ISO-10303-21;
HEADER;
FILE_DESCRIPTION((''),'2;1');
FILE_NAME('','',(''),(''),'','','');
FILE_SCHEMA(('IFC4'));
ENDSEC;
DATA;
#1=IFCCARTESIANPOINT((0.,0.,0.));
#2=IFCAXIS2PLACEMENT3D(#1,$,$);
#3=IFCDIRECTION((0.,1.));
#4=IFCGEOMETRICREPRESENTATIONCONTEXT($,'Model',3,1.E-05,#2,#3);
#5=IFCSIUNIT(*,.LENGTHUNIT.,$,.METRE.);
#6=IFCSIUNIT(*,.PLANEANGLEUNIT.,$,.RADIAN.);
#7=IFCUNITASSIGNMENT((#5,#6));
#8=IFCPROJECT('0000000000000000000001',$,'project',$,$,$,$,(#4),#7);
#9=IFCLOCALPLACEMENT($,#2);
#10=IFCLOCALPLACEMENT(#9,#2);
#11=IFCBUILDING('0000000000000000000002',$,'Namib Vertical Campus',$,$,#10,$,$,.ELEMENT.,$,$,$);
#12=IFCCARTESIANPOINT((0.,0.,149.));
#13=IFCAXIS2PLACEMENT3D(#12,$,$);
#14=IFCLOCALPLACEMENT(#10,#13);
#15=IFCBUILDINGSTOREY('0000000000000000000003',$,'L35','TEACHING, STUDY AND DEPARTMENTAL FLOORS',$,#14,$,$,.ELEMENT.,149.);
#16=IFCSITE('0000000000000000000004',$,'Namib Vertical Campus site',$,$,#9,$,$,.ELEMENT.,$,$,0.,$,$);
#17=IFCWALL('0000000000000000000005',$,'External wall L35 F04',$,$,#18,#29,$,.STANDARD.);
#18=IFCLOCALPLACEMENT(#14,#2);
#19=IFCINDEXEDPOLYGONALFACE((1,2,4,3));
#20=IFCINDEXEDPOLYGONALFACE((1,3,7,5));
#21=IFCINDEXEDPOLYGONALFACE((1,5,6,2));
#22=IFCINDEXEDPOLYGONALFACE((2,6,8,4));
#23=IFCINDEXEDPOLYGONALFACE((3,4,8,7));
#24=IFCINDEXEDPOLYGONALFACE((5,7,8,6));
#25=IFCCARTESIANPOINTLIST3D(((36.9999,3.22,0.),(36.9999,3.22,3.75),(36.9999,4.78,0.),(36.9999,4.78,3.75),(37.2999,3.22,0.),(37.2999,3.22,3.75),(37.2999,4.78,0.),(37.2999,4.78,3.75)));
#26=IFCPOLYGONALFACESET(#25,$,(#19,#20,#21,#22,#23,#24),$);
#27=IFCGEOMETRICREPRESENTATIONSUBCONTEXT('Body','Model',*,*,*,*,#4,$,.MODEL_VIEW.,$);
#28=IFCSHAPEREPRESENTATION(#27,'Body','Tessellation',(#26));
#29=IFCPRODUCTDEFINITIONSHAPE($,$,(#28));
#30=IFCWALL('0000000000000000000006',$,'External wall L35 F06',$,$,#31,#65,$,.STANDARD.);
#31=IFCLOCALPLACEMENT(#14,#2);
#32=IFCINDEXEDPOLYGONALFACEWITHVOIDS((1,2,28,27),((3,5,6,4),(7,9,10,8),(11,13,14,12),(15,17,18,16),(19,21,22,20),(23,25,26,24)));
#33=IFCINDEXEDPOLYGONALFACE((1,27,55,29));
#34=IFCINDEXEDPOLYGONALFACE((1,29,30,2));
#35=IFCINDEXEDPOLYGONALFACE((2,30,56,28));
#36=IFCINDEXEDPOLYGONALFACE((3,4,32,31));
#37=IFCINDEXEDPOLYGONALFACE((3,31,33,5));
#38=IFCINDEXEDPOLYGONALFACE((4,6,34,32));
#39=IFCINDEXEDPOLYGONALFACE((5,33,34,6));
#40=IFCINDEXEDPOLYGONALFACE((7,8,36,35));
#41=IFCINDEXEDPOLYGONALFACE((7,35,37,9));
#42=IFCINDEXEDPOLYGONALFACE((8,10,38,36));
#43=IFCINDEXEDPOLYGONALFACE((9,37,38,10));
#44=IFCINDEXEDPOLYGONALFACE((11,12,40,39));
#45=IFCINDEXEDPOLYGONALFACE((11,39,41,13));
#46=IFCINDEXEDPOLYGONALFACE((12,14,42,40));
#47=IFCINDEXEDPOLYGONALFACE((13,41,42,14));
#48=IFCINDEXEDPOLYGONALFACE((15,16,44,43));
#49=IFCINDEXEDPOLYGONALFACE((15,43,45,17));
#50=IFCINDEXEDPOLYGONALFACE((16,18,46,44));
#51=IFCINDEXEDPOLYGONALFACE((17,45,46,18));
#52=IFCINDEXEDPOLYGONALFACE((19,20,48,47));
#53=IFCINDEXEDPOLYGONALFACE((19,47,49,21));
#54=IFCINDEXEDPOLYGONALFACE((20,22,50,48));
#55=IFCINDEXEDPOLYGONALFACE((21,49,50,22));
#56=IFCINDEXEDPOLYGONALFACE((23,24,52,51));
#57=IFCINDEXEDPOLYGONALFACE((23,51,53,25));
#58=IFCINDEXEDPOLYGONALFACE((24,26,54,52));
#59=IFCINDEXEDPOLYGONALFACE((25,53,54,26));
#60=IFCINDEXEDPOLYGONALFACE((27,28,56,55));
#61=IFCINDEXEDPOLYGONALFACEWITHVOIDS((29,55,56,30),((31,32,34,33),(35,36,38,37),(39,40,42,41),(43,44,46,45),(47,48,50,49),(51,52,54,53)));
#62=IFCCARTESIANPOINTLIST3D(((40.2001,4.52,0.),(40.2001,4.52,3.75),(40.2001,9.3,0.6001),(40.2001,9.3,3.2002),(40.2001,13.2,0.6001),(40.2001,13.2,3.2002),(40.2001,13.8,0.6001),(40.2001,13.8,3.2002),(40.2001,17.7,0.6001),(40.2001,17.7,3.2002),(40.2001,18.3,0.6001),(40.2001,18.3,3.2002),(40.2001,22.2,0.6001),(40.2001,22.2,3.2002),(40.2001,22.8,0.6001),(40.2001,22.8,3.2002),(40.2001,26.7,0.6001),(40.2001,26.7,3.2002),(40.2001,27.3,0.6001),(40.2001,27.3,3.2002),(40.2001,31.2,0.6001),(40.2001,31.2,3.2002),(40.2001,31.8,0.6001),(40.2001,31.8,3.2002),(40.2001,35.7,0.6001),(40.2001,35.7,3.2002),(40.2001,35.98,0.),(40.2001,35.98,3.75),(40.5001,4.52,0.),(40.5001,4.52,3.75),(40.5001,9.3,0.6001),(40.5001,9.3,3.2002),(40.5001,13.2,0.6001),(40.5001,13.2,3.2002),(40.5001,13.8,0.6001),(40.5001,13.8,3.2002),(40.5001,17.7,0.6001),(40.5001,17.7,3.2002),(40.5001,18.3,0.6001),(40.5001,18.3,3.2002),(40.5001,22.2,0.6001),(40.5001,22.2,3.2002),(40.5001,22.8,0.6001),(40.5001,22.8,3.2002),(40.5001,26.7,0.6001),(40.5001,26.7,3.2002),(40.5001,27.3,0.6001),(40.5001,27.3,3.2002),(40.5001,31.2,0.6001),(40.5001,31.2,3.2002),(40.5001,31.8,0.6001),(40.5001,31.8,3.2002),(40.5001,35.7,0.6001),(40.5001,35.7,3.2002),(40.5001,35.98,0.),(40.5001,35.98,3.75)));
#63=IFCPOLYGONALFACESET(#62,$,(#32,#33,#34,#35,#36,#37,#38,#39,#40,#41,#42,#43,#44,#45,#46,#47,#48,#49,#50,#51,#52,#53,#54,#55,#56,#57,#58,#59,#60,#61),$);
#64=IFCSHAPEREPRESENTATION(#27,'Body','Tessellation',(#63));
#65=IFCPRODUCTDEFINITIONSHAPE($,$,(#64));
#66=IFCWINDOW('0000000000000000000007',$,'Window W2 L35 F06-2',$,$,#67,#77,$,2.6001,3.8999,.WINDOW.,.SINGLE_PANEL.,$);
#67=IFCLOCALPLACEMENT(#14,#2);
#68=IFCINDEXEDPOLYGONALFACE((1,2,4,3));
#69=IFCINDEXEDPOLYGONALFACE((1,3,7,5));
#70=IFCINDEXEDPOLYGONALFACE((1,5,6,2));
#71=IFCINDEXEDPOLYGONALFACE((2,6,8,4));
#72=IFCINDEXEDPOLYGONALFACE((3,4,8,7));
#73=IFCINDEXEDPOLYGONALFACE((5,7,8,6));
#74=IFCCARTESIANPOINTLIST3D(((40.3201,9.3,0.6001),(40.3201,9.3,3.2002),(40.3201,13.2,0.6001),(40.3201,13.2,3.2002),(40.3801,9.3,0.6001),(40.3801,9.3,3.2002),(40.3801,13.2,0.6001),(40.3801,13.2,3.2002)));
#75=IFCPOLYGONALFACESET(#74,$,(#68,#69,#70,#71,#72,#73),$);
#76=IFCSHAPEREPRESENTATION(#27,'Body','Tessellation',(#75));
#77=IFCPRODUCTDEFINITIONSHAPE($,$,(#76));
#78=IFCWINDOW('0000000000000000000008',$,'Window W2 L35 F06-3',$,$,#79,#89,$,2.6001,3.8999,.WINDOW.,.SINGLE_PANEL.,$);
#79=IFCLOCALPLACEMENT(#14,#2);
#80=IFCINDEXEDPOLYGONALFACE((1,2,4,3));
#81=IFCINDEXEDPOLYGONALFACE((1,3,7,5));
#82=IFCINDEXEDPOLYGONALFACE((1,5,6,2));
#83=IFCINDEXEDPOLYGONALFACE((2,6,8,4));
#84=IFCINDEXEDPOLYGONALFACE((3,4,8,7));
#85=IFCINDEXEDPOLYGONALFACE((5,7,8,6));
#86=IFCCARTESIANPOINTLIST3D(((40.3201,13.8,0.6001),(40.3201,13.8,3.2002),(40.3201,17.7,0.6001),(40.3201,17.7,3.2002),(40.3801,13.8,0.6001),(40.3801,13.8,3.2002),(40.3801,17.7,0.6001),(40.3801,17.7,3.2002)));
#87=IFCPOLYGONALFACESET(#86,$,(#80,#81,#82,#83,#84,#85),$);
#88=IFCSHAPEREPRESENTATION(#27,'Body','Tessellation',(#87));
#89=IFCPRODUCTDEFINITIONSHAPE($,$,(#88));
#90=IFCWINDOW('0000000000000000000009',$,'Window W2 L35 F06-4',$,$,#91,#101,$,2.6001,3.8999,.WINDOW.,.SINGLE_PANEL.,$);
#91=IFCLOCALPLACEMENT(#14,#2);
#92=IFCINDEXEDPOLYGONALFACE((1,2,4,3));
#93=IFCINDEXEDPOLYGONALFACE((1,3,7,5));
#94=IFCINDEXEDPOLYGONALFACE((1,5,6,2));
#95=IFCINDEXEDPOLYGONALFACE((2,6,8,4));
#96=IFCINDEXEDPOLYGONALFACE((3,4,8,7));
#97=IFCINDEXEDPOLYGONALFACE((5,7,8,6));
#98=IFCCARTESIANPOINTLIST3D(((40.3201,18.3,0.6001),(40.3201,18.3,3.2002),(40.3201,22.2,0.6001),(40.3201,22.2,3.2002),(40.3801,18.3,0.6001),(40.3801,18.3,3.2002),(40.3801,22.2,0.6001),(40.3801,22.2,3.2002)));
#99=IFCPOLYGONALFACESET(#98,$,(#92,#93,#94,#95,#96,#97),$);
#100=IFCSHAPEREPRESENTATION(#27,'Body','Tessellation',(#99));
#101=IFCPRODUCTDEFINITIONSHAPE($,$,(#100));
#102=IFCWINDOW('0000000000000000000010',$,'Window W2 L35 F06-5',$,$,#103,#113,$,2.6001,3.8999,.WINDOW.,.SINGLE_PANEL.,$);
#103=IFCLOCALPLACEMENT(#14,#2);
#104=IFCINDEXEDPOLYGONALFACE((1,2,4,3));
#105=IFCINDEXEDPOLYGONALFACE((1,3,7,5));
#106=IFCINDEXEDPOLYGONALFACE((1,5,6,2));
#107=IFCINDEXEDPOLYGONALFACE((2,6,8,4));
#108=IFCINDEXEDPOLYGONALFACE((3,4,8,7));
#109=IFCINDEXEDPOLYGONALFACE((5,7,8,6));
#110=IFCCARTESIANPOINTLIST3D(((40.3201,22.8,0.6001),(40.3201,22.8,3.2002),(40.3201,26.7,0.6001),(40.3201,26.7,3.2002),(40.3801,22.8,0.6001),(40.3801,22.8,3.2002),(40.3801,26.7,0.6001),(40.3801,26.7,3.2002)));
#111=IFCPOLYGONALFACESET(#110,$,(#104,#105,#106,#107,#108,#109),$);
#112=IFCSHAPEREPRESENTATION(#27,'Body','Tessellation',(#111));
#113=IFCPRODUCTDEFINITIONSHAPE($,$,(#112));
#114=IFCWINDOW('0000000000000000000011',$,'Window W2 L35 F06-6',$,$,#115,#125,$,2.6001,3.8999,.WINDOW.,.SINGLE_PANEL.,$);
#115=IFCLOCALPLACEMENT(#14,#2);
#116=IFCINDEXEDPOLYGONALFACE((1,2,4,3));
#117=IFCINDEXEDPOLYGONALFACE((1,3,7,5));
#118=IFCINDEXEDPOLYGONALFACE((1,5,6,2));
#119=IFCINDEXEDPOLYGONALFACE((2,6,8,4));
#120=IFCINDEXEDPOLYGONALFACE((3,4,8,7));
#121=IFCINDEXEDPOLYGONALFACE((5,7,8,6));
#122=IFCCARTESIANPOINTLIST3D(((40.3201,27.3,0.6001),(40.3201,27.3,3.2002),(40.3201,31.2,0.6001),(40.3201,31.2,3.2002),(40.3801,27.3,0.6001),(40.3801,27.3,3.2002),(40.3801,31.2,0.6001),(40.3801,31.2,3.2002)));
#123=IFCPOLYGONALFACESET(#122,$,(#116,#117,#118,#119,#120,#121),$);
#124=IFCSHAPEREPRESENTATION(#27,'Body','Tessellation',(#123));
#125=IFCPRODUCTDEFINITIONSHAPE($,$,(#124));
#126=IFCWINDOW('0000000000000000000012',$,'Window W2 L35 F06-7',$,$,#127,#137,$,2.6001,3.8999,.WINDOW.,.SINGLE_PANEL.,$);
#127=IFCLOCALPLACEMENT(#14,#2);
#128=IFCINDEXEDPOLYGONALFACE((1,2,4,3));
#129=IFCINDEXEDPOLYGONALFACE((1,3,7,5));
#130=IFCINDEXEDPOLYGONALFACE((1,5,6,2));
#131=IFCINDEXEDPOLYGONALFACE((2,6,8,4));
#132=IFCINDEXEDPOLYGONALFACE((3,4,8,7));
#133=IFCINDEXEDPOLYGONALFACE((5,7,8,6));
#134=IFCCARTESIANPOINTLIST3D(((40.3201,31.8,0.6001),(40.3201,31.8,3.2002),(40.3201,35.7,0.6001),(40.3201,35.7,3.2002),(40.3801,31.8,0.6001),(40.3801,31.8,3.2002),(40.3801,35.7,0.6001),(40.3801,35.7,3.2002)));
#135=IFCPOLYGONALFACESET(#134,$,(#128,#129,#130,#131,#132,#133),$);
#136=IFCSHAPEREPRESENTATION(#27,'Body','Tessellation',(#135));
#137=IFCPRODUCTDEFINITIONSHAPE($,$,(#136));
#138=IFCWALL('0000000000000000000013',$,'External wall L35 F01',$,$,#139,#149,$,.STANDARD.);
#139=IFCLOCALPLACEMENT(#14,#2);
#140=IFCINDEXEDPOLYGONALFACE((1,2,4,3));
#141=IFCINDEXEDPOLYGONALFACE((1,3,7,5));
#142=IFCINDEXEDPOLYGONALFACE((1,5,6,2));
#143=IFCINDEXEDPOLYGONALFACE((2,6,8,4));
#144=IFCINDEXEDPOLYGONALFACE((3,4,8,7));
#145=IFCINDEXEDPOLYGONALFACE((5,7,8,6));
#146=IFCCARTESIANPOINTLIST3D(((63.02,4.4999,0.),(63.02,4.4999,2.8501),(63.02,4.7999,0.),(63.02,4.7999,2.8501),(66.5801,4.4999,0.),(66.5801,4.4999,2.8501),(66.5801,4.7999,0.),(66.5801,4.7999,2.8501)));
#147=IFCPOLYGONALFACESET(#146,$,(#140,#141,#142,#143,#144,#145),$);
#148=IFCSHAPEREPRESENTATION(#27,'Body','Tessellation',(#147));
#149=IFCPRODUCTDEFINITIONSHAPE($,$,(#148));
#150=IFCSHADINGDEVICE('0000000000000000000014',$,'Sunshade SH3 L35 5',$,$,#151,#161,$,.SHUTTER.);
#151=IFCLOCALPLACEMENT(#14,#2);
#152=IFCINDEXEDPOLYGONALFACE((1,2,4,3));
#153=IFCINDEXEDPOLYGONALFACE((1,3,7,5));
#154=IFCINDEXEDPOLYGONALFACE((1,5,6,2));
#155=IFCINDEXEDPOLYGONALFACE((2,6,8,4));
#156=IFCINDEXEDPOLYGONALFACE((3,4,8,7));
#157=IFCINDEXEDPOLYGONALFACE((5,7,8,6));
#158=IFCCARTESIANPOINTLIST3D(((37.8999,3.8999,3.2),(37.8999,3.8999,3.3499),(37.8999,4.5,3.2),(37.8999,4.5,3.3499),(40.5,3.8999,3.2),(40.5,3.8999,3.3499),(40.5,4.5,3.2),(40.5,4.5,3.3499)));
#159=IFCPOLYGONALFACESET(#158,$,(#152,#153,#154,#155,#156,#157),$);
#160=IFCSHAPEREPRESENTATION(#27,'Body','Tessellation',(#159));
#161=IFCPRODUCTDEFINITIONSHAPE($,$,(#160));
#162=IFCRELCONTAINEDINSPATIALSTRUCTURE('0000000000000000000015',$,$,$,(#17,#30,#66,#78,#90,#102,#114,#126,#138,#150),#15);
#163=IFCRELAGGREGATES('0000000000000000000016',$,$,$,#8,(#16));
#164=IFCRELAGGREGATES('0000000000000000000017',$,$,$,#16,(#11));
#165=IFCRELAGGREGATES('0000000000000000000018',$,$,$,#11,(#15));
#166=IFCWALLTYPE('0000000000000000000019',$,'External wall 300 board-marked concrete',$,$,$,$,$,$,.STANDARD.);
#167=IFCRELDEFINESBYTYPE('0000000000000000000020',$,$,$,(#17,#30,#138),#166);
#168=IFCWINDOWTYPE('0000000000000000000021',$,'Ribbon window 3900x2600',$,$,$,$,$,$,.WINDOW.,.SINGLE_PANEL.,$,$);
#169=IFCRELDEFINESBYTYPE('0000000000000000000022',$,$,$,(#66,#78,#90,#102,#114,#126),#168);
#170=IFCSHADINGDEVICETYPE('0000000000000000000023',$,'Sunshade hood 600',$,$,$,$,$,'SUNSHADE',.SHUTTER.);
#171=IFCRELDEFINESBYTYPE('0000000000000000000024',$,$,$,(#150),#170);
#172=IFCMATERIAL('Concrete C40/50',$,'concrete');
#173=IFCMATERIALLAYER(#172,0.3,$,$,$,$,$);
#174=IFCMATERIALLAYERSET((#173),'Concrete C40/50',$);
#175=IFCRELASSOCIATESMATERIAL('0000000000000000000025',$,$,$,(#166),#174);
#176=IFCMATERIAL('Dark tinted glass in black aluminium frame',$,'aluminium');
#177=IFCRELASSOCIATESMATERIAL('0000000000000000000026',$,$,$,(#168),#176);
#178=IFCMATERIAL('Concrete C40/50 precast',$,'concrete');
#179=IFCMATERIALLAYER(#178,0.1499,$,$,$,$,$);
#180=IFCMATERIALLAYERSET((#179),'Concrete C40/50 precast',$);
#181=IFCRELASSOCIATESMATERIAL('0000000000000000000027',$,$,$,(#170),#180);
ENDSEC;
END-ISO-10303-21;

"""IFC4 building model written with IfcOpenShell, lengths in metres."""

from ifc_helpers import new_model, si_unit, direction, frame, frame_2d, origin, origin_2d, place, context, subcontext, project, spatial, rectangle, extrude, material, layer, layer_set, type_object, element, fill, save


model = new_model("IFC4")

# Units and contexts
model_context = context("Model", 3, precision=1e-05, world=origin(), true_north=direction((0.0, 1.0)))
body_context = subcontext(model_context, "Body", "Model", "MODEL_VIEW")
ifc_project = project(units=[si_unit("LENGTHUNIT", "METRE"), si_unit("PLANEANGLEUNIT", "RADIAN")], contexts=[model_context])

# Site, building, storey
site_placement = place(None, origin())
site = spatial("IfcSite", under=ifc_project, at=site_placement, Name="Namib Vertical Campus site", CompositionType="ELEMENT", RefElevation=0.0)
building_placement = place(site_placement, origin())
building = spatial("IfcBuilding", under=site, at=building_placement, Name="Namib Vertical Campus", CompositionType="ELEMENT")
storey_placement = place(building_placement, frame((0.0, 0.0, 149.0)))
storey = spatial("IfcBuildingStorey", under=building, at=storey_placement, Name="L35", Description="TEACHING, STUDY AND DEPARTMENTAL FLOORS", CompositionType="ELEMENT", Elevation=149.0)

# Wall
ifc_material_1 = material(Name="Concrete C40/50", Category="concrete")
ifc_layer_1 = layer(ifc_material_1, 0.3)
ifc_layer_set_1 = layer_set([ifc_layer_1], Name="Concrete C40/50")
wall_type_1 = type_object("IfcWallType", Name="External wall 300 board-marked concrete", PredefinedType="STANDARD", material=ifc_layer_set_1)
wall_1_placement = place(storey_placement, frame((37.1499, 3.22, 0.0), z_axis=(0.0, 0.0, 1.0), x_axis=(0.0, 1.0, 0.0)))
element("IfcWall", 1, at=wall_1_placement, inside=storey, type_object=wall_type_1, Name="External wall L35 F04", PredefinedType="STANDARD", context=body_context, shape_type="SweptSolid", body=[
    extrude(rectangle(XDim=1.5601, YDim=0.3, at=frame_2d((0.78, 0.0))), origin(), (0.0, 0.0, 1.0), 3.75),
])

# Wall, openings, windows
wall_2_placement = place(storey_placement, frame((40.3501, 4.52, 0.0), z_axis=(0.0, 0.0, 1.0), x_axis=(0.0, 1.0, 0.0)))
wall_2 = element("IfcWall", 2, at=wall_2_placement, inside=storey, type_object=wall_type_1, Name="External wall L35 F06", PredefinedType="STANDARD", context=body_context, shape_type="SweptSolid", body=[
    extrude(rectangle(XDim=31.46, YDim=0.3, at=frame_2d((15.73, 0.0))), origin(), (0.0, 0.0, 1.0), 3.75),
])
opening_1_placement = place(wall_2_placement, frame((4.78, 0.0, 0.6001)))
opening_1 = element("IfcOpeningElement", 3, at=opening_1_placement, cuts=wall_2, PredefinedType="OPENING", context=body_context, shape_type="SweptSolid", body=[
    extrude(rectangle(XDim=3.8999, YDim=2.6001, at=frame_2d((1.95, 1.3))), frame((0.0, 0.1599, 0.0), z_axis=(0.0, -1.0, 0.0), x_axis=(1.0, 0.0, 0.0)), (0.0, 0.0, 1.0), 0.3201),
])
opening_2_placement = place(wall_2_placement, frame((9.28, 0.0, 0.6001)))
opening_2 = element("IfcOpeningElement", 4, at=opening_2_placement, cuts=wall_2, PredefinedType="OPENING", context=body_context, shape_type="SweptSolid", body=[
    extrude(rectangle(XDim=3.8999, YDim=2.6001, at=frame_2d((1.95, 1.3))), frame((0.0, 0.1599, 0.0), z_axis=(0.0, -1.0, 0.0), x_axis=(1.0, 0.0, 0.0)), (0.0, 0.0, 1.0), 0.3201),
])
opening_3_placement = place(wall_2_placement, frame((13.78, 0.0, 0.6001)))
opening_3 = element("IfcOpeningElement", 5, at=opening_3_placement, cuts=wall_2, PredefinedType="OPENING", context=body_context, shape_type="SweptSolid", body=[
    extrude(rectangle(XDim=3.8999, YDim=2.6001, at=frame_2d((1.95, 1.3))), frame((0.0, 0.1599, 0.0), z_axis=(0.0, -1.0, 0.0), x_axis=(1.0, 0.0, 0.0)), (0.0, 0.0, 1.0), 0.3201),
])
opening_4_placement = place(wall_2_placement, frame((18.28, 0.0, 0.6001)))
opening_4 = element("IfcOpeningElement", 6, at=opening_4_placement, cuts=wall_2, PredefinedType="OPENING", context=body_context, shape_type="SweptSolid", body=[
    extrude(rectangle(XDim=3.8999, YDim=2.6001, at=frame_2d((1.95, 1.3))), frame((0.0, 0.1599, 0.0), z_axis=(0.0, -1.0, 0.0), x_axis=(1.0, 0.0, 0.0)), (0.0, 0.0, 1.0), 0.3201),
])
opening_5_placement = place(wall_2_placement, frame((22.78, 0.0, 0.6001)))
opening_5 = element("IfcOpeningElement", 7, at=opening_5_placement, cuts=wall_2, PredefinedType="OPENING", context=body_context, shape_type="SweptSolid", body=[
    extrude(rectangle(XDim=3.8999, YDim=2.6001, at=frame_2d((1.95, 1.3))), frame((0.0, 0.1599, 0.0), z_axis=(0.0, -1.0, 0.0), x_axis=(1.0, 0.0, 0.0)), (0.0, 0.0, 1.0), 0.3201),
])
opening_6_placement = place(wall_2_placement, frame((27.28, 0.0, 0.6001)))
opening_6 = element("IfcOpeningElement", 8, at=opening_6_placement, cuts=wall_2, PredefinedType="OPENING", context=body_context, shape_type="SweptSolid", body=[
    extrude(rectangle(XDim=3.8999, YDim=2.6001, at=frame_2d((1.95, 1.3))), frame((0.0, 0.1599, 0.0), z_axis=(0.0, -1.0, 0.0), x_axis=(1.0, 0.0, 0.0)), (0.0, 0.0, 1.0), 0.3201),
])
ifc_material_2 = material(Name="Dark tinted glass in black aluminium frame", Category="aluminium")
window_type = type_object("IfcWindowType", Name="Ribbon window 3900x2600", PartitioningType="SINGLE_PANEL", PredefinedType="WINDOW", material=ifc_material_2)
window_1_placement = place(opening_1_placement, origin())
window_1 = element("IfcWindow", 9, at=window_1_placement, inside=storey, type_object=window_type, Name="Window W2 L35 F06-2", OverallHeight=2.6001, OverallWidth=3.8999, PartitioningType="SINGLE_PANEL", PredefinedType="WINDOW", context=body_context, shape_type="SweptSolid", body=[
    extrude(rectangle(XDim=3.8999, YDim=2.6001, at=frame_2d((1.95, 1.3))), frame((0.0, 0.03, 0.0), z_axis=(0.0, -1.0, 0.0), x_axis=(1.0, 0.0, 0.0)), (0.0, 0.0, 1.0), 0.0601),
])
fill(opening_1, window_1)
window_2_placement = place(opening_2_placement, origin())
window_2 = element("IfcWindow", 10, at=window_2_placement, inside=storey, type_object=window_type, Name="Window W2 L35 F06-3", OverallHeight=2.6001, OverallWidth=3.8999, PartitioningType="SINGLE_PANEL", PredefinedType="WINDOW", context=body_context, shape_type="SweptSolid", body=[
    extrude(rectangle(XDim=3.8999, YDim=2.6001, at=frame_2d((1.95, 1.3))), frame((0.0, 0.03, 0.0), z_axis=(0.0, -1.0, 0.0), x_axis=(1.0, 0.0, 0.0)), (0.0, 0.0, 1.0), 0.0601),
])
fill(opening_2, window_2)
window_3_placement = place(opening_3_placement, origin())
window_3 = element("IfcWindow", 11, at=window_3_placement, inside=storey, type_object=window_type, Name="Window W2 L35 F06-4", OverallHeight=2.6001, OverallWidth=3.8999, PartitioningType="SINGLE_PANEL", PredefinedType="WINDOW", context=body_context, shape_type="SweptSolid", body=[
    extrude(rectangle(XDim=3.8999, YDim=2.6001, at=frame_2d((1.95, 1.3))), frame((0.0, 0.03, 0.0), z_axis=(0.0, -1.0, 0.0), x_axis=(1.0, 0.0, 0.0)), (0.0, 0.0, 1.0), 0.0601),
])
fill(opening_3, window_3)
window_4_placement = place(opening_4_placement, origin())
window_4 = element("IfcWindow", 12, at=window_4_placement, inside=storey, type_object=window_type, Name="Window W2 L35 F06-5", OverallHeight=2.6001, OverallWidth=3.8999, PartitioningType="SINGLE_PANEL", PredefinedType="WINDOW", context=body_context, shape_type="SweptSolid", body=[
    extrude(rectangle(XDim=3.8999, YDim=2.6001, at=frame_2d((1.95, 1.3))), frame((0.0, 0.03, 0.0), z_axis=(0.0, -1.0, 0.0), x_axis=(1.0, 0.0, 0.0)), (0.0, 0.0, 1.0), 0.0601),
])
fill(opening_4, window_4)
window_5_placement = place(opening_5_placement, origin())
window_5 = element("IfcWindow", 13, at=window_5_placement, inside=storey, type_object=window_type, Name="Window W2 L35 F06-6", OverallHeight=2.6001, OverallWidth=3.8999, PartitioningType="SINGLE_PANEL", PredefinedType="WINDOW", context=body_context, shape_type="SweptSolid", body=[
    extrude(rectangle(XDim=3.8999, YDim=2.6001, at=frame_2d((1.95, 1.3))), frame((0.0, 0.03, 0.0), z_axis=(0.0, -1.0, 0.0), x_axis=(1.0, 0.0, 0.0)), (0.0, 0.0, 1.0), 0.0601),
])
fill(opening_5, window_5)
window_6_placement = place(opening_6_placement, origin())
window_6 = element("IfcWindow", 14, at=window_6_placement, inside=storey, type_object=window_type, Name="Window W2 L35 F06-7", OverallHeight=2.6001, OverallWidth=3.8999, PartitioningType="SINGLE_PANEL", PredefinedType="WINDOW", context=body_context, shape_type="SweptSolid", body=[
    extrude(rectangle(XDim=3.8999, YDim=2.6001, at=frame_2d((1.95, 1.3))), frame((0.0, 0.03, 0.0), z_axis=(0.0, -1.0, 0.0), x_axis=(1.0, 0.0, 0.0)), (0.0, 0.0, 1.0), 0.0601),
])
fill(opening_6, window_6)

# Wall
wall_3_placement = place(storey_placement, frame((63.02, 4.6499, 0.0), z_axis=(0.0, 0.0, 1.0), x_axis=(1.0, 0.0, 0.0)))
element("IfcWall", 15, at=wall_3_placement, inside=storey, type_object=wall_type_1, Name="External wall L35 F01", PredefinedType="STANDARD", context=body_context, shape_type="SweptSolid", body=[
    extrude(rectangle(XDim=3.5601, YDim=0.3, at=frame_2d((1.78, 0.0))), origin(), (0.0, 0.0, 1.0), 2.8501),
])

# Shading device
ifc_material_3 = material(Name="Concrete C40/50 precast", Category="concrete")
ifc_layer_2 = layer(ifc_material_3, 0.1499)
ifc_layer_set_2 = layer_set([ifc_layer_2], Name="Concrete C40/50 precast")
shading_device_type = type_object("IfcShadingDeviceType", Name="Sunshade hood 600", ElementType="SUNSHADE", PredefinedType="SHUTTER", material=ifc_layer_set_2)
shading_device_placement = place(storey_placement, frame((39.2, 4.2, 3.2), z_axis=(0.0, 0.0, 1.0), x_axis=(1.0, 0.0, 0.0)))
element("IfcShadingDevice", 16, at=shading_device_placement, inside=storey, type_object=shading_device_type, Name="Sunshade SH3 L35 5", PredefinedType="SHUTTER", context=body_context, shape_type="SweptSolid", body=[
    extrude(rectangle(XDim=2.6001, YDim=0.6001, at=origin_2d()), origin(), (0.0, 0.0, 1.0), 0.1499),
])

save(model, "model.ifc")
